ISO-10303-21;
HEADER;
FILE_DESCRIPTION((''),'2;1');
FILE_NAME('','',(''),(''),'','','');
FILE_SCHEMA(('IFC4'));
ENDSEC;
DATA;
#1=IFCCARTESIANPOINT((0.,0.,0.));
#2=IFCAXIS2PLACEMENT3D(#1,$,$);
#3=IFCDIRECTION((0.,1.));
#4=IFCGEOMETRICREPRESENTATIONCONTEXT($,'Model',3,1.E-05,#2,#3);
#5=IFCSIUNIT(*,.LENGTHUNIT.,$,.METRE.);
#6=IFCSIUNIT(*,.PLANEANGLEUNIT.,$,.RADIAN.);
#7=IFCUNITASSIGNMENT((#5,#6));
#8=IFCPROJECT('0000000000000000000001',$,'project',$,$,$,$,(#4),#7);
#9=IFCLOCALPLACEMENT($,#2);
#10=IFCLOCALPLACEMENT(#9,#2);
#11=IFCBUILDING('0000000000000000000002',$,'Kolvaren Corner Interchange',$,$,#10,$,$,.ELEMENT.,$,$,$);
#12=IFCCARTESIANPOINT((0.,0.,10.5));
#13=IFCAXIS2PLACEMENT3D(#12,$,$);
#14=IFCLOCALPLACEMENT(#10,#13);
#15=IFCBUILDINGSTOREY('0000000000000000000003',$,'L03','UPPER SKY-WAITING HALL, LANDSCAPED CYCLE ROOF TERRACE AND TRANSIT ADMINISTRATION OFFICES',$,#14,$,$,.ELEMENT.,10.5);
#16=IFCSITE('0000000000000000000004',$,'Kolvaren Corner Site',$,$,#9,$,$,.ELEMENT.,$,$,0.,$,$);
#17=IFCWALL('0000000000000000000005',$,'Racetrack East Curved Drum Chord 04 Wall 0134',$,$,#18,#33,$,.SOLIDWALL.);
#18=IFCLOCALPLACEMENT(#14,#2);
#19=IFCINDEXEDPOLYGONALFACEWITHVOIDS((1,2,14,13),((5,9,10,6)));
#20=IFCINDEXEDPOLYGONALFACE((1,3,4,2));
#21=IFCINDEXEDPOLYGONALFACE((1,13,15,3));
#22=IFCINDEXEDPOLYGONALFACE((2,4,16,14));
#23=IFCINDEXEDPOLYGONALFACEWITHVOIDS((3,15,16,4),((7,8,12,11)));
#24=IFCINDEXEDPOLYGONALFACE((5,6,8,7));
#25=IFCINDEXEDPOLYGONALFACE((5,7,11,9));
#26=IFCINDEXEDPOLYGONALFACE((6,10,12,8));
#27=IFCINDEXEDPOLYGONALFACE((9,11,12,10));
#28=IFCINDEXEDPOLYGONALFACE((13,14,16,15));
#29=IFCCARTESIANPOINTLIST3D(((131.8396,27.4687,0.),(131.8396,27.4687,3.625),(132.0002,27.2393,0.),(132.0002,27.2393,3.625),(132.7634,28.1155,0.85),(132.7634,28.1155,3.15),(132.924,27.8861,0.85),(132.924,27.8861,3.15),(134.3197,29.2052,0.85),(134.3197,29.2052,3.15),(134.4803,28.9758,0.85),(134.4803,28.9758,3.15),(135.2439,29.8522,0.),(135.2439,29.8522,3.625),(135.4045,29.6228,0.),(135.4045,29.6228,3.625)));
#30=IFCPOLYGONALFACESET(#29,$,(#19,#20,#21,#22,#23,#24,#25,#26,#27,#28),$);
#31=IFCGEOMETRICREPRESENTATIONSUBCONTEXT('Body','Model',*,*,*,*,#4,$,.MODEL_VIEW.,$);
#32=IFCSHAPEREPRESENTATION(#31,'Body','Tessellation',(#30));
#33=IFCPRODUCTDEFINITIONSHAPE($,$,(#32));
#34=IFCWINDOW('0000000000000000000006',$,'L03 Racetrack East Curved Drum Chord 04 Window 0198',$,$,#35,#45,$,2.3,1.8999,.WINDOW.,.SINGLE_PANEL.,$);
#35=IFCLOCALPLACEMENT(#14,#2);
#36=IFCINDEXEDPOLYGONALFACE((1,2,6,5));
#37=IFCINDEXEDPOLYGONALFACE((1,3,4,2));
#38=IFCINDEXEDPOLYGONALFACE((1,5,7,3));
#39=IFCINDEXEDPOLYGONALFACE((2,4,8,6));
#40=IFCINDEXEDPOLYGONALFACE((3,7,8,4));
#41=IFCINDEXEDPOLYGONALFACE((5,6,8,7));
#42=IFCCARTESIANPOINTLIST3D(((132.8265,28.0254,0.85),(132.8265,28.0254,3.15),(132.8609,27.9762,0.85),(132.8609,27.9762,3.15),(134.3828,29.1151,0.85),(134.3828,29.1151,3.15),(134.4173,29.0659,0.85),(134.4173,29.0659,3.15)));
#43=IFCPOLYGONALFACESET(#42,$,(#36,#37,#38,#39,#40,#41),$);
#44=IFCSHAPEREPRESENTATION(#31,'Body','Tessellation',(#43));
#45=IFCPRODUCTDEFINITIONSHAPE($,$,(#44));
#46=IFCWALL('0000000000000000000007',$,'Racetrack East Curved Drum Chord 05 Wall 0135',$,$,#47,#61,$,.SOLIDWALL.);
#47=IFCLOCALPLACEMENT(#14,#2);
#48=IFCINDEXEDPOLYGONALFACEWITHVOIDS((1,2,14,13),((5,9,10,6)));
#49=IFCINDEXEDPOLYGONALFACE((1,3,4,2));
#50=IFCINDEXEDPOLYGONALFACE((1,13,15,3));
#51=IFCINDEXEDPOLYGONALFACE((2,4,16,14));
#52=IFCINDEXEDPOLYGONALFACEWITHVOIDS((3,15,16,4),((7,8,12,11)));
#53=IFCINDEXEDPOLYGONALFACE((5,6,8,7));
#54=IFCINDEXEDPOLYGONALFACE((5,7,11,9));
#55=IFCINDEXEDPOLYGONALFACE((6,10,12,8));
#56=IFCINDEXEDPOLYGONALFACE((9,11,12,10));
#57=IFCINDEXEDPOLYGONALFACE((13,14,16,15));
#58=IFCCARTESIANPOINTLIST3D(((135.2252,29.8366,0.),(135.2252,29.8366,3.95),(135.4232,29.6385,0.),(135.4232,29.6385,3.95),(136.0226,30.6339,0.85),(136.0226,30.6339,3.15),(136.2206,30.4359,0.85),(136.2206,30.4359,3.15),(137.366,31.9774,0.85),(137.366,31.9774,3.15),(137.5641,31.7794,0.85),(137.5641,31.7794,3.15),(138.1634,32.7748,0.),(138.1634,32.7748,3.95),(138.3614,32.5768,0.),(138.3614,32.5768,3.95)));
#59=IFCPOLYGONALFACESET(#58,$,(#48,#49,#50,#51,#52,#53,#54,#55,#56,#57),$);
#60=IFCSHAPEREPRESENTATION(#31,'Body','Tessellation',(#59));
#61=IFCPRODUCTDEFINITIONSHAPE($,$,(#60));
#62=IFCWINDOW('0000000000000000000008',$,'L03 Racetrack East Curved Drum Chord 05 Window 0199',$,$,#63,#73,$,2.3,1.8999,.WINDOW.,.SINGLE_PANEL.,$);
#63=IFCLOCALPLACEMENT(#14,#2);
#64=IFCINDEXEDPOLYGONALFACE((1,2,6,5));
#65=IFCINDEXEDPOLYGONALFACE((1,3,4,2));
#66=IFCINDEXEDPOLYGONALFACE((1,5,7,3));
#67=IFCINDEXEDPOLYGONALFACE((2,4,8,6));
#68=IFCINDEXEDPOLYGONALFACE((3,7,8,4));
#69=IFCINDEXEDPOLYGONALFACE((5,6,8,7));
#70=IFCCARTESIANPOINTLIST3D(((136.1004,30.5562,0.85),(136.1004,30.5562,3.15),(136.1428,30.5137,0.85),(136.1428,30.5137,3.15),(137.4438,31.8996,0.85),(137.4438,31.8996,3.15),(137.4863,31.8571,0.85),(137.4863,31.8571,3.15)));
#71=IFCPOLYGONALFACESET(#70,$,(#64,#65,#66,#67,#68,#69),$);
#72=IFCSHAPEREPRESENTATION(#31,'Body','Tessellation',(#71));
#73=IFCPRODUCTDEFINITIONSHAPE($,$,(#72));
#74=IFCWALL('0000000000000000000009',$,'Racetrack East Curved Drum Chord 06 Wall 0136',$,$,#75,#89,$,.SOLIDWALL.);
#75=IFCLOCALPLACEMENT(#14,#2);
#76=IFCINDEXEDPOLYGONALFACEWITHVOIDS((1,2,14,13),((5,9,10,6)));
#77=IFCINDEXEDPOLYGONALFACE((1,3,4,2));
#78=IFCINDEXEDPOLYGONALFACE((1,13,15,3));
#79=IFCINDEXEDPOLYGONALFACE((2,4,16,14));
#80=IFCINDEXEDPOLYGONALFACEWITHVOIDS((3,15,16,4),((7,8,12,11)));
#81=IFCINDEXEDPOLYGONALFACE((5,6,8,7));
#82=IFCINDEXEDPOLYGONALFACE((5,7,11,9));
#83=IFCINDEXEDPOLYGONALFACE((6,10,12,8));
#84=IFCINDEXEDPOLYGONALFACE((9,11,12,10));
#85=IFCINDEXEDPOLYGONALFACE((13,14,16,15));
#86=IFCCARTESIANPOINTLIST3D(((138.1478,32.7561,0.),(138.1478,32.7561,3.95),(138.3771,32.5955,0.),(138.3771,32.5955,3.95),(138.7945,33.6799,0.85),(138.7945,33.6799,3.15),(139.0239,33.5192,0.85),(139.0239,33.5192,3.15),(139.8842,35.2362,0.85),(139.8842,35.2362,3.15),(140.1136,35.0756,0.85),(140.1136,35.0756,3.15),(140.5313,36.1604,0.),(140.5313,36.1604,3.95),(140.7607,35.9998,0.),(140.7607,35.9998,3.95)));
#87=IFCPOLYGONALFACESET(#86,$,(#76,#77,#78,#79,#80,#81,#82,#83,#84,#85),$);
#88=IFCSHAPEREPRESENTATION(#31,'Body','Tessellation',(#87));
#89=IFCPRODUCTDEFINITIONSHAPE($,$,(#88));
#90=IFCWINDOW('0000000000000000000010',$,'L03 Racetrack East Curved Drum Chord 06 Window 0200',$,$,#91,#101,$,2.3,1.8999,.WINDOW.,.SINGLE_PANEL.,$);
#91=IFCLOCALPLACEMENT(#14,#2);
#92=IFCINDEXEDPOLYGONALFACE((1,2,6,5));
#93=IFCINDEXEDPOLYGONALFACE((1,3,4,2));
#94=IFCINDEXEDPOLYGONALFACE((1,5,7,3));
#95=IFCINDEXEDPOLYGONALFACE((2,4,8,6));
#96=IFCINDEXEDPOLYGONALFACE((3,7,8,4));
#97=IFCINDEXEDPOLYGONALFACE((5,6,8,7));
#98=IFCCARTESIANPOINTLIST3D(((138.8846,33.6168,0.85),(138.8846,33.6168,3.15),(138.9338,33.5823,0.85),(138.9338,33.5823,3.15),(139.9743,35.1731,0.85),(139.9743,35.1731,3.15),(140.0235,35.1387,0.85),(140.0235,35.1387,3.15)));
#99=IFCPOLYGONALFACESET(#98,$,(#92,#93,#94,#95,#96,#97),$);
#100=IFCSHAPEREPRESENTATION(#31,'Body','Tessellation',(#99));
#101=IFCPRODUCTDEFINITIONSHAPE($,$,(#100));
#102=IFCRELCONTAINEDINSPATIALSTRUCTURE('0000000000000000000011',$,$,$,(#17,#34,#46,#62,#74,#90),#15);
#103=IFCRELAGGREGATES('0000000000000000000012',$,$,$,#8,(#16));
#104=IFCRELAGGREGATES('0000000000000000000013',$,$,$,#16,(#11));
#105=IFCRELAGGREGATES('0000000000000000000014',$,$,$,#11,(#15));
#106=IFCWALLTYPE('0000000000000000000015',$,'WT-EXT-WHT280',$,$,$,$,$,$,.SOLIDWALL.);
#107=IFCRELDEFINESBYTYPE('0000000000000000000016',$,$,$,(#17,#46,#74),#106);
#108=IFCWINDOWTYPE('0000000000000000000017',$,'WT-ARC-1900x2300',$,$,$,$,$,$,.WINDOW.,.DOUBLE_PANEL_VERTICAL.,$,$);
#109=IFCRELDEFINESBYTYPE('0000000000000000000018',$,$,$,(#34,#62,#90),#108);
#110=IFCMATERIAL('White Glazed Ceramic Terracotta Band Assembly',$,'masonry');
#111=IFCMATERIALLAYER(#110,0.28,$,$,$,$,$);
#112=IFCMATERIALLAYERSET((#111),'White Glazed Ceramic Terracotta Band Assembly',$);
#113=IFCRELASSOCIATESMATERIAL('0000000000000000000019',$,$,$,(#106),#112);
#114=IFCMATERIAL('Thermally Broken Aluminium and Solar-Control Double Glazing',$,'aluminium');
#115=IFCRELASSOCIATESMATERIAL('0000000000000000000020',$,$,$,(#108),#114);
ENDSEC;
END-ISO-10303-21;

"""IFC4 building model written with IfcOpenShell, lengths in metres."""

from ifc_helpers import new_model, si_unit, direction, frame, frame_2d, origin, place, context, subcontext, project, spatial, rectangle, extrude, material, layer, layer_set, type_object, element, fill, save


model = new_model("IFC4")

# Units and contexts
model_context = context("Model", 3, precision=1e-05, world=origin(), true_north=direction((0.0, 1.0)))
body_context = subcontext(model_context, "Body", "Model", "MODEL_VIEW")
ifc_project = project(units=[si_unit("LENGTHUNIT", "METRE"), si_unit("PLANEANGLEUNIT", "RADIAN")], contexts=[model_context])

# Site, building, storey
site_placement = place(None, origin())
site = spatial("IfcSite", under=ifc_project, at=site_placement, Name="Kolvaren Corner Site", CompositionType="ELEMENT", RefElevation=0.0)
building_placement = place(site_placement, origin())
building = spatial("IfcBuilding", under=site, at=building_placement, Name="Kolvaren Corner Interchange", CompositionType="ELEMENT")
storey_placement = place(building_placement, frame((0.0, 0.0, 10.5)))
storey = spatial("IfcBuildingStorey", under=building, at=storey_placement, Name="L03", Description="UPPER SKY-WAITING HALL, LANDSCAPED CYCLE ROOF TERRACE AND TRANSIT ADMINISTRATION OFFICES", CompositionType="ELEMENT", Elevation=10.5)

# Walls, openings, windows
ifc_material_1 = material(Name="White Glazed Ceramic Terracotta Band Assembly", Category="masonry")
ifc_layer_1 = layer(ifc_material_1, 0.28)
ifc_layer_set_1 = layer_set([ifc_layer_1], Name="White Glazed Ceramic Terracotta Band Assembly")
wall_type = type_object("IfcWallType", Name="WT-EXT-WHT280", PredefinedType="SOLIDWALL", material=ifc_layer_set_1)
wall_1_placement = place(storey_placement, frame((131.9199, 27.354, 0.0), z_axis=(0.0, 0.0, 1.0), x_axis=(0.819171, 0.573549, 0.0)))
wall_1 = element("IfcWall", 1, at=wall_1_placement, inside=storey, type_object=wall_type, Name="Racetrack East Curved Drum Chord 04 Wall 0134", PredefinedType="SOLIDWALL", context=body_context, shape_type="SweptSolid", body=[
    extrude(rectangle(XDim=4.1558, YDim=0.28, at=frame_2d((2.0779, 0.0))), origin(), (0.0, 0.0, 1.0), 3.625),
])
opening_1_placement = place(wall_1_placement, frame((1.1277, 0.0, 0.8501)))
opening_1 = element("IfcOpeningElement", 2, at=opening_1_placement, cuts=wall_1, PredefinedType="OPENING", context=body_context, shape_type="SweptSolid", body=[
    extrude(rectangle(XDim=1.8999, YDim=2.3, at=frame_2d((0.95, 1.1499))), frame((0.0, 0.1499, 0.0), z_axis=(0.0, -1.0, 0.0), x_axis=(1.0, 0.0, 0.0)), (0.0, 0.0, 1.0), 0.3),
])
ifc_material_2 = material(Name="Thermally Broken Aluminium and Solar-Control Double Glazing", Category="aluminium")
window_type = type_object("IfcWindowType", Name="WT-ARC-1900x2300", PartitioningType="DOUBLE_PANEL_VERTICAL", PredefinedType="WINDOW", material=ifc_material_2)
window_1_placement = place(opening_1_placement, origin())
window_1 = element("IfcWindow", 3, at=window_1_placement, inside=storey, type_object=window_type, Name="L03 Racetrack East Curved Drum Chord 04 Window 0198", OverallHeight=2.3, OverallWidth=1.8999, PartitioningType="SINGLE_PANEL", PredefinedType="WINDOW", context=body_context, shape_type="SweptSolid", body=[
    extrude(rectangle(XDim=1.8999, YDim=2.3, at=frame_2d((0.95, 1.1499))), frame((0.0, 0.03, 0.0), z_axis=(0.0, -1.0, 0.0), x_axis=(1.0, 0.0, 0.0)), (0.0, 0.0, 1.0), 0.0601),
])
fill(opening_1, window_1)
wall_2_placement = place(storey_placement, frame((135.3242, 29.7375, 0.0), z_axis=(0.0, 0.0, 1.0), x_axis=(0.707107, 0.707107, 0.0)))
wall_2 = element("IfcWall", 4, at=wall_2_placement, inside=storey, type_object=wall_type, Name="Racetrack East Curved Drum Chord 05 Wall 0135", PredefinedType="SOLIDWALL", context=body_context, shape_type="SweptSolid", body=[
    extrude(rectangle(XDim=4.1553, YDim=0.28, at=frame_2d((2.0776, 0.0))), origin(), (0.0, 0.0, 1.0), 3.95),
])
opening_2_placement = place(wall_2_placement, frame((1.1277, 0.0, 0.8501)))
opening_2 = element("IfcOpeningElement", 5, at=opening_2_placement, cuts=wall_2, PredefinedType="OPENING", context=body_context, shape_type="SweptSolid", body=[
    extrude(rectangle(XDim=1.8999, YDim=2.3, at=frame_2d((0.95, 1.1499))), frame((0.0, 0.1499, 0.0), z_axis=(0.0, -1.0, 0.0), x_axis=(1.0, 0.0, 0.0)), (0.0, 0.0, 1.0), 0.3),
])
window_2_placement = place(opening_2_placement, origin())
window_2 = element("IfcWindow", 6, at=window_2_placement, inside=storey, type_object=window_type, Name="L03 Racetrack East Curved Drum Chord 05 Window 0199", OverallHeight=2.3, OverallWidth=1.8999, PartitioningType="SINGLE_PANEL", PredefinedType="WINDOW", context=body_context, shape_type="SweptSolid", body=[
    extrude(rectangle(XDim=1.8999, YDim=2.3, at=frame_2d((0.95, 1.1499))), frame((0.0, 0.03, 0.0), z_axis=(0.0, -1.0, 0.0), x_axis=(1.0, 0.0, 0.0)), (0.0, 0.0, 1.0), 0.0601),
])
fill(opening_2, window_2)
wall_3_placement = place(storey_placement, frame((138.2625, 32.6758, 0.0), z_axis=(0.0, 0.0, 1.0), x_axis=(0.573549, 0.819171, 0.0)))
wall_3 = element("IfcWall", 7, at=wall_3_placement, inside=storey, type_object=wall_type, Name="Racetrack East Curved Drum Chord 06 Wall 0136", PredefinedType="SOLIDWALL", context=body_context, shape_type="SweptSolid", body=[
    extrude(rectangle(XDim=4.1558, YDim=0.28, at=frame_2d((2.0779, 0.0))), origin(), (0.0, 0.0, 1.0), 3.95),
])
opening_3_placement = place(wall_3_placement, frame((1.1277, 0.0, 0.8501)))
opening_3 = element("IfcOpeningElement", 8, at=opening_3_placement, cuts=wall_3, PredefinedType="OPENING", context=body_context, shape_type="SweptSolid", body=[
    extrude(rectangle(XDim=1.8999, YDim=2.3, at=frame_2d((0.95, 1.1499))), frame((0.0, 0.1499, 0.0), z_axis=(0.0, -1.0, 0.0), x_axis=(1.0, 0.0, 0.0)), (0.0, 0.0, 1.0), 0.3),
])
window_3_placement = place(opening_3_placement, origin())
window_3 = element("IfcWindow", 9, at=window_3_placement, inside=storey, type_object=window_type, Name="L03 Racetrack East Curved Drum Chord 06 Window 0200", OverallHeight=2.3, OverallWidth=1.8999, PartitioningType="SINGLE_PANEL", PredefinedType="WINDOW", context=body_context, shape_type="SweptSolid", body=[
    extrude(rectangle(XDim=1.8999, YDim=2.3, at=frame_2d((0.95, 1.1499))), frame((0.0, 0.03, 0.0), z_axis=(0.0, -1.0, 0.0), x_axis=(1.0, 0.0, 0.0)), (0.0, 0.0, 1.0), 0.0601),
])
fill(opening_3, window_3)

save(model, "model.ifc")
